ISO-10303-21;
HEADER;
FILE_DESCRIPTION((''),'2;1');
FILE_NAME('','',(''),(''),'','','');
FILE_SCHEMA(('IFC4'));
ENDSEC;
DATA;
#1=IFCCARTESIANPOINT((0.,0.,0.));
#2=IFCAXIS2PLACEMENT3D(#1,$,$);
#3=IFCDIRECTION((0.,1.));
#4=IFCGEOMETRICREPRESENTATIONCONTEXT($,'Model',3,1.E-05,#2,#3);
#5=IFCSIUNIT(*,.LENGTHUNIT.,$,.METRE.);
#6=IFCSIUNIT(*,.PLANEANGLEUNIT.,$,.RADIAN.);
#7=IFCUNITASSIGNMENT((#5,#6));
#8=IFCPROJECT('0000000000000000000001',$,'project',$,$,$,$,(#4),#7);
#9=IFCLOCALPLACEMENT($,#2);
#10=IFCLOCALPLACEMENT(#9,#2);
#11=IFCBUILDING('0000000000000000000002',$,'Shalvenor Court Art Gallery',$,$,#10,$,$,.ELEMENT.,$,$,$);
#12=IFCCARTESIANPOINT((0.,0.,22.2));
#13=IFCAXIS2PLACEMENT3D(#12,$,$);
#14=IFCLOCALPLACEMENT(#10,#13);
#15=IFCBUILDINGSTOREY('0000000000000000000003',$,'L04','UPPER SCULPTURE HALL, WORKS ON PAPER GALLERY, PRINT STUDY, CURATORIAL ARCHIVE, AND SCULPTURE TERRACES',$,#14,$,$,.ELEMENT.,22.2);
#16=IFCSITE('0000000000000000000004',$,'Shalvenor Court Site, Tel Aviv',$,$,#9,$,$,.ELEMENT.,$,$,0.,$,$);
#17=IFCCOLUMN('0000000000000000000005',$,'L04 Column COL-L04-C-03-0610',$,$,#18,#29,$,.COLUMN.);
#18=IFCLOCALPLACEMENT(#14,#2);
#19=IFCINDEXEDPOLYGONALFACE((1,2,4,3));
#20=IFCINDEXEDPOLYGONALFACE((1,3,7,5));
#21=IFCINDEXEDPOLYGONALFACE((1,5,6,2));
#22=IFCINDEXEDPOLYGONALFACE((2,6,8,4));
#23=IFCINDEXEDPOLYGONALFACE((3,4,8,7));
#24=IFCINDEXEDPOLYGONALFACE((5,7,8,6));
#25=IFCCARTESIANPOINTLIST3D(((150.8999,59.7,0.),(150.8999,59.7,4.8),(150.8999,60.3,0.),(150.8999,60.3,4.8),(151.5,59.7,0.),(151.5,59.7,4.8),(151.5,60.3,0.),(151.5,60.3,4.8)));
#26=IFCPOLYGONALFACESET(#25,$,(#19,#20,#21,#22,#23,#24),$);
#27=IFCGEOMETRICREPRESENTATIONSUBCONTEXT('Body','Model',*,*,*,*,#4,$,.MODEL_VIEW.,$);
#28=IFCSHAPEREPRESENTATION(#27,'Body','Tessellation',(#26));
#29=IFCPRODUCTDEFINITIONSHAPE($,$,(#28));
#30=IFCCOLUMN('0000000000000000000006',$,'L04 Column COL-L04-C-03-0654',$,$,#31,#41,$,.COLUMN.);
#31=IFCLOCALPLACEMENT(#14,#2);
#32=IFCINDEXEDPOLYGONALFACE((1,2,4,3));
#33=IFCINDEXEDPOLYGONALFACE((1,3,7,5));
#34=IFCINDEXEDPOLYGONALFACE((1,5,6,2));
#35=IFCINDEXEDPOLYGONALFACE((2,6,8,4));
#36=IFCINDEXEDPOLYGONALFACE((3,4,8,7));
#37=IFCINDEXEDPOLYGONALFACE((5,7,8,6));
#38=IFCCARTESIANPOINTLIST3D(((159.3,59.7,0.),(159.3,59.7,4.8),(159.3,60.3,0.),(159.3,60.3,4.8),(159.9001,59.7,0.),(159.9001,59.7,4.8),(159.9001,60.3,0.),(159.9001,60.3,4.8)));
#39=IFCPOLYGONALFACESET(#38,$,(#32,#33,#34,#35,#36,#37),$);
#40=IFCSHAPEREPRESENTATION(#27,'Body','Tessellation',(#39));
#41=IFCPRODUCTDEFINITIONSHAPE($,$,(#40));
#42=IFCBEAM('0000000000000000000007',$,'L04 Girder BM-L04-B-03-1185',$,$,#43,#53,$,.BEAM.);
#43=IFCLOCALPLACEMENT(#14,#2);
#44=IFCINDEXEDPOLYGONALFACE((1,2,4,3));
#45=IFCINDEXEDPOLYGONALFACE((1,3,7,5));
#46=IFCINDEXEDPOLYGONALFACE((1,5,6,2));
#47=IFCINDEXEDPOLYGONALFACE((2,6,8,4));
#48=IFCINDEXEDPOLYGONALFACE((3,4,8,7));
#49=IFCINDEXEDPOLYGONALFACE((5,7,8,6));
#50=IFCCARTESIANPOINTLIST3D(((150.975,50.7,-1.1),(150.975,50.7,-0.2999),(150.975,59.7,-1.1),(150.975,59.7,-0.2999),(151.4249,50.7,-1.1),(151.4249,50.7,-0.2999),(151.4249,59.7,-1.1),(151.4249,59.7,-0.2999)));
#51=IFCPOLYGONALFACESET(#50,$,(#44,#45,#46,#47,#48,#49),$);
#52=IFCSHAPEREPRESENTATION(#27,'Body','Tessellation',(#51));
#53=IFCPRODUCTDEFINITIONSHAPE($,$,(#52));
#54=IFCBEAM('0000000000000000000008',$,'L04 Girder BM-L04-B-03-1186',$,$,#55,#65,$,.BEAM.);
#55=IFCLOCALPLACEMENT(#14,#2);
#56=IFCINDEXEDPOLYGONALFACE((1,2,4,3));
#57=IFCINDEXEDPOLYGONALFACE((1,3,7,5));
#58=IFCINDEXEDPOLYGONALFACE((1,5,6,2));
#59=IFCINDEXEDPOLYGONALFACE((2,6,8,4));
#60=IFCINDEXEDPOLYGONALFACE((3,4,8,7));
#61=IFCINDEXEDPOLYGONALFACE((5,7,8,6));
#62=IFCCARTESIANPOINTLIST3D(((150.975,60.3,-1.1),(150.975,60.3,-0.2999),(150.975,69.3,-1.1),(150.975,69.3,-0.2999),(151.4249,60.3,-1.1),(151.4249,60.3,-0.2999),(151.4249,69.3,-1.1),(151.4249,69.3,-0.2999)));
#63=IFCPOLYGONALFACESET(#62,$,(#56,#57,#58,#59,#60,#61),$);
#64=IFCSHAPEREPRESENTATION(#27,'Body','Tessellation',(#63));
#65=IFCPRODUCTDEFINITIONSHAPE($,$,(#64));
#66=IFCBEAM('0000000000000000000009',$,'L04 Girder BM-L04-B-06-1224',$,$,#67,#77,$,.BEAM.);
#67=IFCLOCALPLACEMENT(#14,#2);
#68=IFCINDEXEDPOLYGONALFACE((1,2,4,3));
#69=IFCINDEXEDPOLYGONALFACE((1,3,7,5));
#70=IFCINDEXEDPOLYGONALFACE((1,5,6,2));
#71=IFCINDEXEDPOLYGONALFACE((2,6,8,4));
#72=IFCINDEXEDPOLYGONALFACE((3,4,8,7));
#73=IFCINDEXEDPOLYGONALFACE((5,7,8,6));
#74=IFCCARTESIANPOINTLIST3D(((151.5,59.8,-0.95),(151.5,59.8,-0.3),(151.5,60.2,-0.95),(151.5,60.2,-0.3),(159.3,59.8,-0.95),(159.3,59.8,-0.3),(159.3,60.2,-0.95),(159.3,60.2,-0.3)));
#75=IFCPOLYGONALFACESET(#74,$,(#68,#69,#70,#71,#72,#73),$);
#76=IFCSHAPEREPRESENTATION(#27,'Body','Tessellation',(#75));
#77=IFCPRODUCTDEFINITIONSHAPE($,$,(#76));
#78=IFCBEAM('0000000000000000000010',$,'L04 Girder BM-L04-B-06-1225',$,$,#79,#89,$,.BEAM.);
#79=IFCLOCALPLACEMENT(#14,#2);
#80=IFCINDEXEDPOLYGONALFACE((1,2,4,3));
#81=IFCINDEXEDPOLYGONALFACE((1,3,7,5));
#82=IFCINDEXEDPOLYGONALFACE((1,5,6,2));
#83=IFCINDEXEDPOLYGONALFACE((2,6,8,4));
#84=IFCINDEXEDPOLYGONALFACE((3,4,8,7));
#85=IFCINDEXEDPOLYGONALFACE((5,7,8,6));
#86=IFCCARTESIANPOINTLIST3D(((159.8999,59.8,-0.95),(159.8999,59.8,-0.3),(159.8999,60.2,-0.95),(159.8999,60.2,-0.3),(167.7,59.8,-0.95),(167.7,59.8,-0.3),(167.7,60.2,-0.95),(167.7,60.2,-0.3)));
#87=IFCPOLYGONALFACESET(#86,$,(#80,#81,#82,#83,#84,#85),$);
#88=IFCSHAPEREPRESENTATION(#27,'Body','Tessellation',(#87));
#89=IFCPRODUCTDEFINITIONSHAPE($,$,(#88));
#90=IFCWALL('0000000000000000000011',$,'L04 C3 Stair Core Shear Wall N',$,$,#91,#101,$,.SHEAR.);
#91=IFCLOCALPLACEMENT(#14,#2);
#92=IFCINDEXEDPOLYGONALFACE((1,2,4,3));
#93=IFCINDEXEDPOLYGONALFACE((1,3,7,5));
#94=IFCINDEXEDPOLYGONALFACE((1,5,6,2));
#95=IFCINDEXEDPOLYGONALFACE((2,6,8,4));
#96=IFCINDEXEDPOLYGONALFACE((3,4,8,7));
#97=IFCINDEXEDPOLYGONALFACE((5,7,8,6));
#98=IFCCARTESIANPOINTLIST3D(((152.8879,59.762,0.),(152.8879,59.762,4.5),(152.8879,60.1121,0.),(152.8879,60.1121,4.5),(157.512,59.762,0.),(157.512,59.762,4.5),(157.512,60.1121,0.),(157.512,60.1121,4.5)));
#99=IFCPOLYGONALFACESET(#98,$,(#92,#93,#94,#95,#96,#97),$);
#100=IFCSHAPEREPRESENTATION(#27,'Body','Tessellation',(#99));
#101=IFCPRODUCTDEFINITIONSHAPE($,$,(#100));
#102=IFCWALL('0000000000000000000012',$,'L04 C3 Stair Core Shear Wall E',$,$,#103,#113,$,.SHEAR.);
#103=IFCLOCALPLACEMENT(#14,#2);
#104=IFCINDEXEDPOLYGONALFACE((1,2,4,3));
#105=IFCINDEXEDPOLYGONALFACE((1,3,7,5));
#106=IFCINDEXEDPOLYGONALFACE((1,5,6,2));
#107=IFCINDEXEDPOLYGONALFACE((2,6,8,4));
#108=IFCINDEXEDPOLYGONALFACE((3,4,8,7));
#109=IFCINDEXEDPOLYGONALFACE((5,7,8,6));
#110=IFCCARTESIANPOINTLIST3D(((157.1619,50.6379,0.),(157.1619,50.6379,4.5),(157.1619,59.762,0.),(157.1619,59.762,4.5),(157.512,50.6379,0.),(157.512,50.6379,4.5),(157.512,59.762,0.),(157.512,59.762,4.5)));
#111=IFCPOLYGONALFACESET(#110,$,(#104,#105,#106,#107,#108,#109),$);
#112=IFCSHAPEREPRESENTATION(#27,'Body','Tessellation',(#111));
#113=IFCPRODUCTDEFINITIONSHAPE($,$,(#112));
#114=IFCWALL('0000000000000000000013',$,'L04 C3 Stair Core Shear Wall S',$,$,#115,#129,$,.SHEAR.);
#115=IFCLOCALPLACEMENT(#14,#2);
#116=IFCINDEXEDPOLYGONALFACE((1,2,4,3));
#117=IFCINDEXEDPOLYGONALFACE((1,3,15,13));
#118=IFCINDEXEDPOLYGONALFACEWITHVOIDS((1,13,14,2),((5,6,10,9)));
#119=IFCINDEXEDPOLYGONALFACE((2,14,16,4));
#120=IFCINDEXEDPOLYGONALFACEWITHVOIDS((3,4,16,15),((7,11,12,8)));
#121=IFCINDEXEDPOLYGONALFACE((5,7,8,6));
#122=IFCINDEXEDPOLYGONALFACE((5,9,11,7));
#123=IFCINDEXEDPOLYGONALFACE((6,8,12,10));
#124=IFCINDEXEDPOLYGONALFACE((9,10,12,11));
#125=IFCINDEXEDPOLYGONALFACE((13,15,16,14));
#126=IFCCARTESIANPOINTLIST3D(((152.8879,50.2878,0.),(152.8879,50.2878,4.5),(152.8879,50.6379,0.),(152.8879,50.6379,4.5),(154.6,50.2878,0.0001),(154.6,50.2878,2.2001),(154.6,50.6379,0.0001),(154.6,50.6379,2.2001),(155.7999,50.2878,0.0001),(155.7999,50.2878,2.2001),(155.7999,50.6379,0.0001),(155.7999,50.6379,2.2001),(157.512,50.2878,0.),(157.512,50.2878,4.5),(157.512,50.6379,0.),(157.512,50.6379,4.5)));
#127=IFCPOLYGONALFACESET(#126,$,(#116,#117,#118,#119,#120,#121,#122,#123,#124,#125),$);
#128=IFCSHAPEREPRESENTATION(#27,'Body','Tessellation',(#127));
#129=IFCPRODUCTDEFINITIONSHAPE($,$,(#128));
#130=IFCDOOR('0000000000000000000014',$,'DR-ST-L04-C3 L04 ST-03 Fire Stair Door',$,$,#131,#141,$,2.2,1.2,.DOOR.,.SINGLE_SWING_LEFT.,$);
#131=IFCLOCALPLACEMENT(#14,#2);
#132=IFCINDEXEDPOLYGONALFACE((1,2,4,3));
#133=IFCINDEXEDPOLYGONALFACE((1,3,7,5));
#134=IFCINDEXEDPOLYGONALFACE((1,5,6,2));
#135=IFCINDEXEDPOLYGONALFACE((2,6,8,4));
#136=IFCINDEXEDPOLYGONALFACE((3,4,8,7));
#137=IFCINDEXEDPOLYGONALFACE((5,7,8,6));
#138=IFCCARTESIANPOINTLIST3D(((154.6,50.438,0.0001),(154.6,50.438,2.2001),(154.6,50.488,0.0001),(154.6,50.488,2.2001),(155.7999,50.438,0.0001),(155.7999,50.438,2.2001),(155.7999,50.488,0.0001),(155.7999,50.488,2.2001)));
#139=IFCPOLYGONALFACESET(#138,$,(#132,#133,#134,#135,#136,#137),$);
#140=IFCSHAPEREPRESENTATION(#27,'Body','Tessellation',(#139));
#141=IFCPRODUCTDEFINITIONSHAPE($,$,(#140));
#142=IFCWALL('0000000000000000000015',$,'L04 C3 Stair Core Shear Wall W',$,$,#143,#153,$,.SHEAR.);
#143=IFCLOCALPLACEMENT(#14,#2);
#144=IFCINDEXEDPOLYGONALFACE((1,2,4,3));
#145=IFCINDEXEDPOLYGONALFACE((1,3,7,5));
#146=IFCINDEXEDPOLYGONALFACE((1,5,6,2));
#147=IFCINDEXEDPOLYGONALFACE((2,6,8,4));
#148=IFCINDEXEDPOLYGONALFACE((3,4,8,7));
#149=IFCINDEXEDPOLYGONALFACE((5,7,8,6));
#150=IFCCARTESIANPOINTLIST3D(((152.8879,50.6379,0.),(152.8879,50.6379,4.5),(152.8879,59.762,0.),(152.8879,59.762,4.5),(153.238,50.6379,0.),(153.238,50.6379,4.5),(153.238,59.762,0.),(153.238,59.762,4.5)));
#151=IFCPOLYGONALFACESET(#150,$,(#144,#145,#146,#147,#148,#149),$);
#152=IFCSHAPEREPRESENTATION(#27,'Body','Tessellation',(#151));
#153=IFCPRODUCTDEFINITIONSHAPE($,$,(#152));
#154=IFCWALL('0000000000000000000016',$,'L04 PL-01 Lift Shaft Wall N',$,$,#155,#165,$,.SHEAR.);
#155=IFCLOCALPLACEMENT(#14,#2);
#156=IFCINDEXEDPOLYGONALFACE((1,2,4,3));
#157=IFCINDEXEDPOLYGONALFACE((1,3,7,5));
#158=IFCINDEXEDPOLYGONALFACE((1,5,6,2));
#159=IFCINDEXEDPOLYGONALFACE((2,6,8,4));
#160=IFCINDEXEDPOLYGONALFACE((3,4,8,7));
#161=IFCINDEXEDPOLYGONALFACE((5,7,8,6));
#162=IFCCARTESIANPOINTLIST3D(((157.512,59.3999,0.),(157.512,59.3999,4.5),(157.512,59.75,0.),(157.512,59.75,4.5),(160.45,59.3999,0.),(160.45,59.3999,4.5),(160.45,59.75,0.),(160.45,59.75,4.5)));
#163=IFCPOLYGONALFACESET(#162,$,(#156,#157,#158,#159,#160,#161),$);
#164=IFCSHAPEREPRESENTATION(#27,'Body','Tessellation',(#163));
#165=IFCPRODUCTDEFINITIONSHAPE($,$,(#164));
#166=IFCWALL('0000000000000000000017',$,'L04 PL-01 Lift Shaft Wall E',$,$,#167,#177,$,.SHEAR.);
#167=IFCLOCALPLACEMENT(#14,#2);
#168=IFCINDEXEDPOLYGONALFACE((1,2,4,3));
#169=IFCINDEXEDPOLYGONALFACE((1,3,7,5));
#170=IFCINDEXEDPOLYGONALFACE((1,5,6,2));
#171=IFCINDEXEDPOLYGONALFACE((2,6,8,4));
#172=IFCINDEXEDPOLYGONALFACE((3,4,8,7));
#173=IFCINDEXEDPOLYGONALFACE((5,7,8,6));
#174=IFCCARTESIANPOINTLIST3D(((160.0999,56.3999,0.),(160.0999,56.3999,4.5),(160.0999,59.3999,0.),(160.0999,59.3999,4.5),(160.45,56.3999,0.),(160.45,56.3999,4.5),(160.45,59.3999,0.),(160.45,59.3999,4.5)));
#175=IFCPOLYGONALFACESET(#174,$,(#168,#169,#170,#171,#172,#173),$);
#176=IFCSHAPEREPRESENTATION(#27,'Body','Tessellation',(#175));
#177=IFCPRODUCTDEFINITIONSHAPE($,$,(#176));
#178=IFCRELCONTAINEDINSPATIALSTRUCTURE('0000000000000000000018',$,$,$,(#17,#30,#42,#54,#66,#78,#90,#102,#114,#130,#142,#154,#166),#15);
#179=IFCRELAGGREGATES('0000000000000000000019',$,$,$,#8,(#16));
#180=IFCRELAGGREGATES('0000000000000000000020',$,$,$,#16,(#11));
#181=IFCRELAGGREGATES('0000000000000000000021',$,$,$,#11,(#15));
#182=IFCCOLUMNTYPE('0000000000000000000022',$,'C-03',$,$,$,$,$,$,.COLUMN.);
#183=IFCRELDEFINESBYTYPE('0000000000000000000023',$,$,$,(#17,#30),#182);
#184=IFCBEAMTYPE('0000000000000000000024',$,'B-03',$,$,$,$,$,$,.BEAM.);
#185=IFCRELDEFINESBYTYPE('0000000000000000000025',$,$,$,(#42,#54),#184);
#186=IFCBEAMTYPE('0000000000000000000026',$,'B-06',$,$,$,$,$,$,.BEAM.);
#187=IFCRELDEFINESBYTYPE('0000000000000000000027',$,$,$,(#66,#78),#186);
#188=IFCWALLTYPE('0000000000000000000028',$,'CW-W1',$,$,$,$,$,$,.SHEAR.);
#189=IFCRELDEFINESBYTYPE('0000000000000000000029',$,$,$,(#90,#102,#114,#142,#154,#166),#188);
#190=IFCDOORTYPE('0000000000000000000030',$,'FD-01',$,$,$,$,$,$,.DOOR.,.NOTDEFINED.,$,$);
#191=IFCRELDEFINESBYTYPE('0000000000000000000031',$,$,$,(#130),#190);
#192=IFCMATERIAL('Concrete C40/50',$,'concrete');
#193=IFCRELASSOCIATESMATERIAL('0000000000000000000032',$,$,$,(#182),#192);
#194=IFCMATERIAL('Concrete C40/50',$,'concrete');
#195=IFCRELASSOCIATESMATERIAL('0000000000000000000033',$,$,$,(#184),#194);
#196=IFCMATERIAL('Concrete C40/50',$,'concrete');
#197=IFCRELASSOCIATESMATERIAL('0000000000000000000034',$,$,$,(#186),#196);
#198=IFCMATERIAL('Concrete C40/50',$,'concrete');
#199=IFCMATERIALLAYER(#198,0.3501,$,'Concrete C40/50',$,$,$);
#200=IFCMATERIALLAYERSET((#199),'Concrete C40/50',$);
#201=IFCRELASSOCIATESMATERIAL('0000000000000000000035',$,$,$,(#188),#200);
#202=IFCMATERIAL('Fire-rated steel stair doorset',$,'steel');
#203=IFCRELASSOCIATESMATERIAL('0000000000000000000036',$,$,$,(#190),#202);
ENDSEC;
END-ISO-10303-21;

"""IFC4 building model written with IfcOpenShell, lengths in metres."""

from ifc_helpers import new_model, si_unit, direction, frame, frame_2d, origin, origin_2d, place, context, subcontext, project, spatial, rectangle, extrude, material, layer, layer_set, material_profile, profile_set, type_object, element, fill, save


model = new_model("IFC4")

# Units and contexts
model_context = context("Model", 3, precision=1e-05, world=origin(), true_north=direction((0.0, 1.0)))
body_context = subcontext(model_context, "Body", "Model", "MODEL_VIEW")
ifc_project = project(units=[si_unit("LENGTHUNIT", "METRE"), si_unit("PLANEANGLEUNIT", "RADIAN")], contexts=[model_context])

# Site, building, storey
site_placement = place(None, origin())
site = spatial("IfcSite", under=ifc_project, at=site_placement, Name="Shalvenor Court Site, Tel Aviv", CompositionType="ELEMENT", RefElevation=0.0)
building_placement = place(site_placement, origin())
building = spatial("IfcBuilding", under=site, at=building_placement, Name="Shalvenor Court Art Gallery", CompositionType="ELEMENT")
storey_placement = place(building_placement, frame((0.0, 0.0, 22.2)))
storey = spatial("IfcBuildingStorey", under=building, at=storey_placement, Name="L04", Description="UPPER SCULPTURE HALL, WORKS ON PAPER GALLERY, PRINT STUDY, CURATORIAL ARCHIVE, AND SCULPTURE TERRACES", CompositionType="ELEMENT", Elevation=22.2)

# Columns
ifc_material_1 = material(Name="Concrete C40/50", Category="concrete")
ifc_material_profile_1 = material_profile(ifc_material_1, rectangle(XDim=0.6001, YDim=0.6001, at=origin_2d()), Name="RC 600x600")
ifc_profile_set_1 = profile_set([ifc_material_profile_1], Name="Concrete C40/50")
column_type = type_object("IfcColumnType", Name="C-03", PredefinedType="COLUMN", material=ifc_profile_set_1)
for number, where, z_axis, x_axis, name in (
    (1, (151.2, 60.0, 0.0), (0.0, 0.0, 1.0), (1.0, 0.0, 0.0), "L04 Column COL-L04-C-03-0610"),
    (2, (159.6001, 60.0, 0.0), (0.0, 0.0, 1.0), (1.0, 0.0, 0.0), "L04 Column COL-L04-C-03-0654"),
):
    element("IfcColumn", number, at=place(storey_placement, frame(where, z_axis=z_axis, x_axis=x_axis)), inside=storey, type_object=column_type, Name=name, PredefinedType="COLUMN", context=body_context, shape_type="SweptSolid", body=[
        extrude(rectangle(XDim=0.6001, YDim=0.6001, at=origin_2d()), origin(), (0.0, 0.0, 1.0), 4.8),
    ])

# Beams
ifc_material_2 = material(Name="Concrete C40/50", Category="concrete")
ifc_material_profile_2 = material_profile(ifc_material_2, rectangle(XDim=0.45, YDim=0.8, at=origin_2d()), Name="RC 450x800")
ifc_profile_set_2 = profile_set([ifc_material_profile_2], Name="Concrete C40/50")
beam_type_1 = type_object("IfcBeamType", Name="B-03", PredefinedType="BEAM", material=ifc_profile_set_2)
for number, where, z_axis, x_axis, name in (
    (3, (151.2, 50.7, -0.7), (0.0, 1.0, 0.0), (-1.0, 0.0, 0.0), "L04 Girder BM-L04-B-03-1185"),
    (4, (151.2, 60.3, -0.7), (0.0, 1.0, 0.0), (-1.0, 0.0, 0.0), "L04 Girder BM-L04-B-03-1186"),
):
    element("IfcBeam", number, at=place(storey_placement, frame(where, z_axis=z_axis, x_axis=x_axis)), inside=storey, type_object=beam_type_1, Name=name, PredefinedType="BEAM", context=body_context, shape_type="SweptSolid", body=[
        extrude(rectangle(XDim=0.45, YDim=0.8, at=origin_2d()), origin(), (0.0, 0.0, 1.0), 9.0),
    ])
ifc_material_3 = material(Name="Concrete C40/50", Category="concrete")
ifc_material_profile_3 = material_profile(ifc_material_3, rectangle(XDim=0.3999, YDim=0.6499, at=origin_2d()), Name="RC 400x650")
ifc_profile_set_3 = profile_set([ifc_material_profile_3], Name="Concrete C40/50")
beam_type_2 = type_object("IfcBeamType", Name="B-06", PredefinedType="BEAM", material=ifc_profile_set_3)
for number, where, z_axis, x_axis, name in (
    (5, (151.5, 60.0, -0.625), (1.0, 0.0, 0.0), (0.0, 1.0, 0.0), "L04 Girder BM-L04-B-06-1224"),
    (6, (159.8999, 60.0, -0.625), (1.0, 0.0, 0.0), (0.0, 1.0, 0.0), "L04 Girder BM-L04-B-06-1225"),
):
    element("IfcBeam", number, at=place(storey_placement, frame(where, z_axis=z_axis, x_axis=x_axis)), inside=storey, type_object=beam_type_2, Name=name, PredefinedType="BEAM", context=body_context, shape_type="SweptSolid", body=[
        extrude(rectangle(XDim=0.3999, YDim=0.6499, at=origin_2d()), origin(), (0.0, 0.0, 1.0), 7.8),
    ])

# Walls
ifc_material_4 = material(Name="Concrete C40/50", Category="concrete")
ifc_layer_1 = layer(ifc_material_4, 0.3501, Name="Concrete C40/50")
ifc_layer_set_1 = layer_set([ifc_layer_1], Name="Concrete C40/50")
wall_type_1 = type_object("IfcWallType", Name="CW-W1", PredefinedType="SHEAR", material=ifc_layer_set_1)
wall_1_placement = place(storey_placement, frame((152.8879, 59.937, 0.0), z_axis=(0.0, 0.0, 1.0), x_axis=(1.0, 0.0, 0.0)))
element("IfcWall", 7, at=wall_1_placement, inside=storey, type_object=wall_type_1, Name="L04 C3 Stair Core Shear Wall N", PredefinedType="SHEAR", context=body_context, shape_type="SweptSolid", body=[
    extrude(rectangle(XDim=4.624, YDim=0.3501, at=frame_2d((2.312, 0.0))), origin(), (0.0, 0.0, 1.0), 4.5),
])
wall_2_placement = place(storey_placement, frame((157.3369, 59.762, 0.0), z_axis=(0.0, 0.0, 1.0), x_axis=(0.0, -1.0, 0.0)))
element("IfcWall", 8, at=wall_2_placement, inside=storey, type_object=wall_type_1, Name="L04 C3 Stair Core Shear Wall E", PredefinedType="SHEAR", context=body_context, shape_type="SweptSolid", body=[
    extrude(rectangle(XDim=9.124, YDim=0.3501, at=frame_2d((4.562, 0.0))), origin(), (0.0, 0.0, 1.0), 4.5),
])

# Wall, opening, door
wall_3_placement = place(storey_placement, frame((157.512, 50.4629, 0.0), z_axis=(0.0, 0.0, 1.0), x_axis=(-1.0, 0.0, 0.0)))
wall_3 = element("IfcWall", 9, at=wall_3_placement, inside=storey, type_object=wall_type_1, Name="L04 C3 Stair Core Shear Wall S", PredefinedType="SHEAR", context=body_context, shape_type="SweptSolid", body=[
    extrude(rectangle(XDim=4.624, YDim=0.3501, at=frame_2d((2.312, 0.0))), origin(), (0.0, 0.0, 1.0), 4.5),
])
opening_1_placement = place(wall_3_placement, frame((1.7119, 0.0, 0.0)))
opening_1 = element("IfcOpeningElement", 10, at=opening_1_placement, cuts=wall_3, PredefinedType="OPENING", context=body_context, shape_type="SweptSolid", body=[
    extrude(rectangle(XDim=1.2, YDim=2.2, at=frame_2d((0.6001, 1.1001))), frame((0.0, 0.1851, 0.0), z_axis=(0.0, -1.0, 0.0), x_axis=(1.0, 0.0, 0.0)), (0.0, 0.0, 1.0), 0.3701),
])
ifc_material_5 = material(Name="Fire-rated steel stair doorset", Category="steel")
door_type_1 = type_object("IfcDoorType", Name="FD-01", OperationType="NOTDEFINED", PredefinedType="DOOR", material=ifc_material_5)
door_1_placement = place(opening_1_placement, origin())
door_1 = element("IfcDoor", 11, at=door_1_placement, inside=storey, type_object=door_type_1, Name="DR-ST-L04-C3 L04 ST-03 Fire Stair Door", OperationType="SINGLE_SWING_LEFT", OverallHeight=2.2, OverallWidth=1.2, PredefinedType="DOOR", context=body_context, shape_type="SweptSolid", body=[
    extrude(rectangle(XDim=1.2, YDim=2.2, at=frame_2d((0.6001, 1.1001))), frame((0.0, 0.0249, 0.0), z_axis=(0.0, -1.0, 0.0), x_axis=(1.0, 0.0, 0.0)), (0.0, 0.0, 1.0), 0.05),
])
fill(opening_1, door_1)

# Walls
wall_4_placement = place(storey_placement, frame((153.063, 50.6379, 0.0), z_axis=(0.0, 0.0, 1.0), x_axis=(0.0, 1.0, 0.0)))
element("IfcWall", 12, at=wall_4_placement, inside=storey, type_object=wall_type_1, Name="L04 C3 Stair Core Shear Wall W", PredefinedType="SHEAR", context=body_context, shape_type="SweptSolid", body=[
    extrude(rectangle(XDim=9.124, YDim=0.3501, at=frame_2d((4.562, 0.0))), origin(), (0.0, 0.0, 1.0), 4.5),
])
wall_5_placement = place(storey_placement, frame((157.512, 59.575, 0.0), z_axis=(0.0, 0.0, 1.0), x_axis=(1.0, 0.0, 0.0)))
element("IfcWall", 13, at=wall_5_placement, inside=storey, type_object=wall_type_1, Name="L04 PL-01 Lift Shaft Wall N", PredefinedType="SHEAR", context=body_context, shape_type="SweptSolid", body=[
    extrude(rectangle(XDim=2.938, YDim=0.3501, at=frame_2d((1.469, 0.0))), origin(), (0.0, 0.0, 1.0), 4.5),
])
wall_6_placement = place(storey_placement, frame((160.2749, 59.3999, 0.0), z_axis=(0.0, 0.0, 1.0), x_axis=(0.0, -1.0, 0.0)))
element("IfcWall", 14, at=wall_6_placement, inside=storey, type_object=wall_type_1, Name="L04 PL-01 Lift Shaft Wall E", PredefinedType="SHEAR", context=body_context, shape_type="SweptSolid", body=[
    extrude(rectangle(XDim=3.0, YDim=0.3501, at=frame_2d((1.5, 0.0))), origin(), (0.0, 0.0, 1.0), 4.5),
])

save(model, "model.ifc")
